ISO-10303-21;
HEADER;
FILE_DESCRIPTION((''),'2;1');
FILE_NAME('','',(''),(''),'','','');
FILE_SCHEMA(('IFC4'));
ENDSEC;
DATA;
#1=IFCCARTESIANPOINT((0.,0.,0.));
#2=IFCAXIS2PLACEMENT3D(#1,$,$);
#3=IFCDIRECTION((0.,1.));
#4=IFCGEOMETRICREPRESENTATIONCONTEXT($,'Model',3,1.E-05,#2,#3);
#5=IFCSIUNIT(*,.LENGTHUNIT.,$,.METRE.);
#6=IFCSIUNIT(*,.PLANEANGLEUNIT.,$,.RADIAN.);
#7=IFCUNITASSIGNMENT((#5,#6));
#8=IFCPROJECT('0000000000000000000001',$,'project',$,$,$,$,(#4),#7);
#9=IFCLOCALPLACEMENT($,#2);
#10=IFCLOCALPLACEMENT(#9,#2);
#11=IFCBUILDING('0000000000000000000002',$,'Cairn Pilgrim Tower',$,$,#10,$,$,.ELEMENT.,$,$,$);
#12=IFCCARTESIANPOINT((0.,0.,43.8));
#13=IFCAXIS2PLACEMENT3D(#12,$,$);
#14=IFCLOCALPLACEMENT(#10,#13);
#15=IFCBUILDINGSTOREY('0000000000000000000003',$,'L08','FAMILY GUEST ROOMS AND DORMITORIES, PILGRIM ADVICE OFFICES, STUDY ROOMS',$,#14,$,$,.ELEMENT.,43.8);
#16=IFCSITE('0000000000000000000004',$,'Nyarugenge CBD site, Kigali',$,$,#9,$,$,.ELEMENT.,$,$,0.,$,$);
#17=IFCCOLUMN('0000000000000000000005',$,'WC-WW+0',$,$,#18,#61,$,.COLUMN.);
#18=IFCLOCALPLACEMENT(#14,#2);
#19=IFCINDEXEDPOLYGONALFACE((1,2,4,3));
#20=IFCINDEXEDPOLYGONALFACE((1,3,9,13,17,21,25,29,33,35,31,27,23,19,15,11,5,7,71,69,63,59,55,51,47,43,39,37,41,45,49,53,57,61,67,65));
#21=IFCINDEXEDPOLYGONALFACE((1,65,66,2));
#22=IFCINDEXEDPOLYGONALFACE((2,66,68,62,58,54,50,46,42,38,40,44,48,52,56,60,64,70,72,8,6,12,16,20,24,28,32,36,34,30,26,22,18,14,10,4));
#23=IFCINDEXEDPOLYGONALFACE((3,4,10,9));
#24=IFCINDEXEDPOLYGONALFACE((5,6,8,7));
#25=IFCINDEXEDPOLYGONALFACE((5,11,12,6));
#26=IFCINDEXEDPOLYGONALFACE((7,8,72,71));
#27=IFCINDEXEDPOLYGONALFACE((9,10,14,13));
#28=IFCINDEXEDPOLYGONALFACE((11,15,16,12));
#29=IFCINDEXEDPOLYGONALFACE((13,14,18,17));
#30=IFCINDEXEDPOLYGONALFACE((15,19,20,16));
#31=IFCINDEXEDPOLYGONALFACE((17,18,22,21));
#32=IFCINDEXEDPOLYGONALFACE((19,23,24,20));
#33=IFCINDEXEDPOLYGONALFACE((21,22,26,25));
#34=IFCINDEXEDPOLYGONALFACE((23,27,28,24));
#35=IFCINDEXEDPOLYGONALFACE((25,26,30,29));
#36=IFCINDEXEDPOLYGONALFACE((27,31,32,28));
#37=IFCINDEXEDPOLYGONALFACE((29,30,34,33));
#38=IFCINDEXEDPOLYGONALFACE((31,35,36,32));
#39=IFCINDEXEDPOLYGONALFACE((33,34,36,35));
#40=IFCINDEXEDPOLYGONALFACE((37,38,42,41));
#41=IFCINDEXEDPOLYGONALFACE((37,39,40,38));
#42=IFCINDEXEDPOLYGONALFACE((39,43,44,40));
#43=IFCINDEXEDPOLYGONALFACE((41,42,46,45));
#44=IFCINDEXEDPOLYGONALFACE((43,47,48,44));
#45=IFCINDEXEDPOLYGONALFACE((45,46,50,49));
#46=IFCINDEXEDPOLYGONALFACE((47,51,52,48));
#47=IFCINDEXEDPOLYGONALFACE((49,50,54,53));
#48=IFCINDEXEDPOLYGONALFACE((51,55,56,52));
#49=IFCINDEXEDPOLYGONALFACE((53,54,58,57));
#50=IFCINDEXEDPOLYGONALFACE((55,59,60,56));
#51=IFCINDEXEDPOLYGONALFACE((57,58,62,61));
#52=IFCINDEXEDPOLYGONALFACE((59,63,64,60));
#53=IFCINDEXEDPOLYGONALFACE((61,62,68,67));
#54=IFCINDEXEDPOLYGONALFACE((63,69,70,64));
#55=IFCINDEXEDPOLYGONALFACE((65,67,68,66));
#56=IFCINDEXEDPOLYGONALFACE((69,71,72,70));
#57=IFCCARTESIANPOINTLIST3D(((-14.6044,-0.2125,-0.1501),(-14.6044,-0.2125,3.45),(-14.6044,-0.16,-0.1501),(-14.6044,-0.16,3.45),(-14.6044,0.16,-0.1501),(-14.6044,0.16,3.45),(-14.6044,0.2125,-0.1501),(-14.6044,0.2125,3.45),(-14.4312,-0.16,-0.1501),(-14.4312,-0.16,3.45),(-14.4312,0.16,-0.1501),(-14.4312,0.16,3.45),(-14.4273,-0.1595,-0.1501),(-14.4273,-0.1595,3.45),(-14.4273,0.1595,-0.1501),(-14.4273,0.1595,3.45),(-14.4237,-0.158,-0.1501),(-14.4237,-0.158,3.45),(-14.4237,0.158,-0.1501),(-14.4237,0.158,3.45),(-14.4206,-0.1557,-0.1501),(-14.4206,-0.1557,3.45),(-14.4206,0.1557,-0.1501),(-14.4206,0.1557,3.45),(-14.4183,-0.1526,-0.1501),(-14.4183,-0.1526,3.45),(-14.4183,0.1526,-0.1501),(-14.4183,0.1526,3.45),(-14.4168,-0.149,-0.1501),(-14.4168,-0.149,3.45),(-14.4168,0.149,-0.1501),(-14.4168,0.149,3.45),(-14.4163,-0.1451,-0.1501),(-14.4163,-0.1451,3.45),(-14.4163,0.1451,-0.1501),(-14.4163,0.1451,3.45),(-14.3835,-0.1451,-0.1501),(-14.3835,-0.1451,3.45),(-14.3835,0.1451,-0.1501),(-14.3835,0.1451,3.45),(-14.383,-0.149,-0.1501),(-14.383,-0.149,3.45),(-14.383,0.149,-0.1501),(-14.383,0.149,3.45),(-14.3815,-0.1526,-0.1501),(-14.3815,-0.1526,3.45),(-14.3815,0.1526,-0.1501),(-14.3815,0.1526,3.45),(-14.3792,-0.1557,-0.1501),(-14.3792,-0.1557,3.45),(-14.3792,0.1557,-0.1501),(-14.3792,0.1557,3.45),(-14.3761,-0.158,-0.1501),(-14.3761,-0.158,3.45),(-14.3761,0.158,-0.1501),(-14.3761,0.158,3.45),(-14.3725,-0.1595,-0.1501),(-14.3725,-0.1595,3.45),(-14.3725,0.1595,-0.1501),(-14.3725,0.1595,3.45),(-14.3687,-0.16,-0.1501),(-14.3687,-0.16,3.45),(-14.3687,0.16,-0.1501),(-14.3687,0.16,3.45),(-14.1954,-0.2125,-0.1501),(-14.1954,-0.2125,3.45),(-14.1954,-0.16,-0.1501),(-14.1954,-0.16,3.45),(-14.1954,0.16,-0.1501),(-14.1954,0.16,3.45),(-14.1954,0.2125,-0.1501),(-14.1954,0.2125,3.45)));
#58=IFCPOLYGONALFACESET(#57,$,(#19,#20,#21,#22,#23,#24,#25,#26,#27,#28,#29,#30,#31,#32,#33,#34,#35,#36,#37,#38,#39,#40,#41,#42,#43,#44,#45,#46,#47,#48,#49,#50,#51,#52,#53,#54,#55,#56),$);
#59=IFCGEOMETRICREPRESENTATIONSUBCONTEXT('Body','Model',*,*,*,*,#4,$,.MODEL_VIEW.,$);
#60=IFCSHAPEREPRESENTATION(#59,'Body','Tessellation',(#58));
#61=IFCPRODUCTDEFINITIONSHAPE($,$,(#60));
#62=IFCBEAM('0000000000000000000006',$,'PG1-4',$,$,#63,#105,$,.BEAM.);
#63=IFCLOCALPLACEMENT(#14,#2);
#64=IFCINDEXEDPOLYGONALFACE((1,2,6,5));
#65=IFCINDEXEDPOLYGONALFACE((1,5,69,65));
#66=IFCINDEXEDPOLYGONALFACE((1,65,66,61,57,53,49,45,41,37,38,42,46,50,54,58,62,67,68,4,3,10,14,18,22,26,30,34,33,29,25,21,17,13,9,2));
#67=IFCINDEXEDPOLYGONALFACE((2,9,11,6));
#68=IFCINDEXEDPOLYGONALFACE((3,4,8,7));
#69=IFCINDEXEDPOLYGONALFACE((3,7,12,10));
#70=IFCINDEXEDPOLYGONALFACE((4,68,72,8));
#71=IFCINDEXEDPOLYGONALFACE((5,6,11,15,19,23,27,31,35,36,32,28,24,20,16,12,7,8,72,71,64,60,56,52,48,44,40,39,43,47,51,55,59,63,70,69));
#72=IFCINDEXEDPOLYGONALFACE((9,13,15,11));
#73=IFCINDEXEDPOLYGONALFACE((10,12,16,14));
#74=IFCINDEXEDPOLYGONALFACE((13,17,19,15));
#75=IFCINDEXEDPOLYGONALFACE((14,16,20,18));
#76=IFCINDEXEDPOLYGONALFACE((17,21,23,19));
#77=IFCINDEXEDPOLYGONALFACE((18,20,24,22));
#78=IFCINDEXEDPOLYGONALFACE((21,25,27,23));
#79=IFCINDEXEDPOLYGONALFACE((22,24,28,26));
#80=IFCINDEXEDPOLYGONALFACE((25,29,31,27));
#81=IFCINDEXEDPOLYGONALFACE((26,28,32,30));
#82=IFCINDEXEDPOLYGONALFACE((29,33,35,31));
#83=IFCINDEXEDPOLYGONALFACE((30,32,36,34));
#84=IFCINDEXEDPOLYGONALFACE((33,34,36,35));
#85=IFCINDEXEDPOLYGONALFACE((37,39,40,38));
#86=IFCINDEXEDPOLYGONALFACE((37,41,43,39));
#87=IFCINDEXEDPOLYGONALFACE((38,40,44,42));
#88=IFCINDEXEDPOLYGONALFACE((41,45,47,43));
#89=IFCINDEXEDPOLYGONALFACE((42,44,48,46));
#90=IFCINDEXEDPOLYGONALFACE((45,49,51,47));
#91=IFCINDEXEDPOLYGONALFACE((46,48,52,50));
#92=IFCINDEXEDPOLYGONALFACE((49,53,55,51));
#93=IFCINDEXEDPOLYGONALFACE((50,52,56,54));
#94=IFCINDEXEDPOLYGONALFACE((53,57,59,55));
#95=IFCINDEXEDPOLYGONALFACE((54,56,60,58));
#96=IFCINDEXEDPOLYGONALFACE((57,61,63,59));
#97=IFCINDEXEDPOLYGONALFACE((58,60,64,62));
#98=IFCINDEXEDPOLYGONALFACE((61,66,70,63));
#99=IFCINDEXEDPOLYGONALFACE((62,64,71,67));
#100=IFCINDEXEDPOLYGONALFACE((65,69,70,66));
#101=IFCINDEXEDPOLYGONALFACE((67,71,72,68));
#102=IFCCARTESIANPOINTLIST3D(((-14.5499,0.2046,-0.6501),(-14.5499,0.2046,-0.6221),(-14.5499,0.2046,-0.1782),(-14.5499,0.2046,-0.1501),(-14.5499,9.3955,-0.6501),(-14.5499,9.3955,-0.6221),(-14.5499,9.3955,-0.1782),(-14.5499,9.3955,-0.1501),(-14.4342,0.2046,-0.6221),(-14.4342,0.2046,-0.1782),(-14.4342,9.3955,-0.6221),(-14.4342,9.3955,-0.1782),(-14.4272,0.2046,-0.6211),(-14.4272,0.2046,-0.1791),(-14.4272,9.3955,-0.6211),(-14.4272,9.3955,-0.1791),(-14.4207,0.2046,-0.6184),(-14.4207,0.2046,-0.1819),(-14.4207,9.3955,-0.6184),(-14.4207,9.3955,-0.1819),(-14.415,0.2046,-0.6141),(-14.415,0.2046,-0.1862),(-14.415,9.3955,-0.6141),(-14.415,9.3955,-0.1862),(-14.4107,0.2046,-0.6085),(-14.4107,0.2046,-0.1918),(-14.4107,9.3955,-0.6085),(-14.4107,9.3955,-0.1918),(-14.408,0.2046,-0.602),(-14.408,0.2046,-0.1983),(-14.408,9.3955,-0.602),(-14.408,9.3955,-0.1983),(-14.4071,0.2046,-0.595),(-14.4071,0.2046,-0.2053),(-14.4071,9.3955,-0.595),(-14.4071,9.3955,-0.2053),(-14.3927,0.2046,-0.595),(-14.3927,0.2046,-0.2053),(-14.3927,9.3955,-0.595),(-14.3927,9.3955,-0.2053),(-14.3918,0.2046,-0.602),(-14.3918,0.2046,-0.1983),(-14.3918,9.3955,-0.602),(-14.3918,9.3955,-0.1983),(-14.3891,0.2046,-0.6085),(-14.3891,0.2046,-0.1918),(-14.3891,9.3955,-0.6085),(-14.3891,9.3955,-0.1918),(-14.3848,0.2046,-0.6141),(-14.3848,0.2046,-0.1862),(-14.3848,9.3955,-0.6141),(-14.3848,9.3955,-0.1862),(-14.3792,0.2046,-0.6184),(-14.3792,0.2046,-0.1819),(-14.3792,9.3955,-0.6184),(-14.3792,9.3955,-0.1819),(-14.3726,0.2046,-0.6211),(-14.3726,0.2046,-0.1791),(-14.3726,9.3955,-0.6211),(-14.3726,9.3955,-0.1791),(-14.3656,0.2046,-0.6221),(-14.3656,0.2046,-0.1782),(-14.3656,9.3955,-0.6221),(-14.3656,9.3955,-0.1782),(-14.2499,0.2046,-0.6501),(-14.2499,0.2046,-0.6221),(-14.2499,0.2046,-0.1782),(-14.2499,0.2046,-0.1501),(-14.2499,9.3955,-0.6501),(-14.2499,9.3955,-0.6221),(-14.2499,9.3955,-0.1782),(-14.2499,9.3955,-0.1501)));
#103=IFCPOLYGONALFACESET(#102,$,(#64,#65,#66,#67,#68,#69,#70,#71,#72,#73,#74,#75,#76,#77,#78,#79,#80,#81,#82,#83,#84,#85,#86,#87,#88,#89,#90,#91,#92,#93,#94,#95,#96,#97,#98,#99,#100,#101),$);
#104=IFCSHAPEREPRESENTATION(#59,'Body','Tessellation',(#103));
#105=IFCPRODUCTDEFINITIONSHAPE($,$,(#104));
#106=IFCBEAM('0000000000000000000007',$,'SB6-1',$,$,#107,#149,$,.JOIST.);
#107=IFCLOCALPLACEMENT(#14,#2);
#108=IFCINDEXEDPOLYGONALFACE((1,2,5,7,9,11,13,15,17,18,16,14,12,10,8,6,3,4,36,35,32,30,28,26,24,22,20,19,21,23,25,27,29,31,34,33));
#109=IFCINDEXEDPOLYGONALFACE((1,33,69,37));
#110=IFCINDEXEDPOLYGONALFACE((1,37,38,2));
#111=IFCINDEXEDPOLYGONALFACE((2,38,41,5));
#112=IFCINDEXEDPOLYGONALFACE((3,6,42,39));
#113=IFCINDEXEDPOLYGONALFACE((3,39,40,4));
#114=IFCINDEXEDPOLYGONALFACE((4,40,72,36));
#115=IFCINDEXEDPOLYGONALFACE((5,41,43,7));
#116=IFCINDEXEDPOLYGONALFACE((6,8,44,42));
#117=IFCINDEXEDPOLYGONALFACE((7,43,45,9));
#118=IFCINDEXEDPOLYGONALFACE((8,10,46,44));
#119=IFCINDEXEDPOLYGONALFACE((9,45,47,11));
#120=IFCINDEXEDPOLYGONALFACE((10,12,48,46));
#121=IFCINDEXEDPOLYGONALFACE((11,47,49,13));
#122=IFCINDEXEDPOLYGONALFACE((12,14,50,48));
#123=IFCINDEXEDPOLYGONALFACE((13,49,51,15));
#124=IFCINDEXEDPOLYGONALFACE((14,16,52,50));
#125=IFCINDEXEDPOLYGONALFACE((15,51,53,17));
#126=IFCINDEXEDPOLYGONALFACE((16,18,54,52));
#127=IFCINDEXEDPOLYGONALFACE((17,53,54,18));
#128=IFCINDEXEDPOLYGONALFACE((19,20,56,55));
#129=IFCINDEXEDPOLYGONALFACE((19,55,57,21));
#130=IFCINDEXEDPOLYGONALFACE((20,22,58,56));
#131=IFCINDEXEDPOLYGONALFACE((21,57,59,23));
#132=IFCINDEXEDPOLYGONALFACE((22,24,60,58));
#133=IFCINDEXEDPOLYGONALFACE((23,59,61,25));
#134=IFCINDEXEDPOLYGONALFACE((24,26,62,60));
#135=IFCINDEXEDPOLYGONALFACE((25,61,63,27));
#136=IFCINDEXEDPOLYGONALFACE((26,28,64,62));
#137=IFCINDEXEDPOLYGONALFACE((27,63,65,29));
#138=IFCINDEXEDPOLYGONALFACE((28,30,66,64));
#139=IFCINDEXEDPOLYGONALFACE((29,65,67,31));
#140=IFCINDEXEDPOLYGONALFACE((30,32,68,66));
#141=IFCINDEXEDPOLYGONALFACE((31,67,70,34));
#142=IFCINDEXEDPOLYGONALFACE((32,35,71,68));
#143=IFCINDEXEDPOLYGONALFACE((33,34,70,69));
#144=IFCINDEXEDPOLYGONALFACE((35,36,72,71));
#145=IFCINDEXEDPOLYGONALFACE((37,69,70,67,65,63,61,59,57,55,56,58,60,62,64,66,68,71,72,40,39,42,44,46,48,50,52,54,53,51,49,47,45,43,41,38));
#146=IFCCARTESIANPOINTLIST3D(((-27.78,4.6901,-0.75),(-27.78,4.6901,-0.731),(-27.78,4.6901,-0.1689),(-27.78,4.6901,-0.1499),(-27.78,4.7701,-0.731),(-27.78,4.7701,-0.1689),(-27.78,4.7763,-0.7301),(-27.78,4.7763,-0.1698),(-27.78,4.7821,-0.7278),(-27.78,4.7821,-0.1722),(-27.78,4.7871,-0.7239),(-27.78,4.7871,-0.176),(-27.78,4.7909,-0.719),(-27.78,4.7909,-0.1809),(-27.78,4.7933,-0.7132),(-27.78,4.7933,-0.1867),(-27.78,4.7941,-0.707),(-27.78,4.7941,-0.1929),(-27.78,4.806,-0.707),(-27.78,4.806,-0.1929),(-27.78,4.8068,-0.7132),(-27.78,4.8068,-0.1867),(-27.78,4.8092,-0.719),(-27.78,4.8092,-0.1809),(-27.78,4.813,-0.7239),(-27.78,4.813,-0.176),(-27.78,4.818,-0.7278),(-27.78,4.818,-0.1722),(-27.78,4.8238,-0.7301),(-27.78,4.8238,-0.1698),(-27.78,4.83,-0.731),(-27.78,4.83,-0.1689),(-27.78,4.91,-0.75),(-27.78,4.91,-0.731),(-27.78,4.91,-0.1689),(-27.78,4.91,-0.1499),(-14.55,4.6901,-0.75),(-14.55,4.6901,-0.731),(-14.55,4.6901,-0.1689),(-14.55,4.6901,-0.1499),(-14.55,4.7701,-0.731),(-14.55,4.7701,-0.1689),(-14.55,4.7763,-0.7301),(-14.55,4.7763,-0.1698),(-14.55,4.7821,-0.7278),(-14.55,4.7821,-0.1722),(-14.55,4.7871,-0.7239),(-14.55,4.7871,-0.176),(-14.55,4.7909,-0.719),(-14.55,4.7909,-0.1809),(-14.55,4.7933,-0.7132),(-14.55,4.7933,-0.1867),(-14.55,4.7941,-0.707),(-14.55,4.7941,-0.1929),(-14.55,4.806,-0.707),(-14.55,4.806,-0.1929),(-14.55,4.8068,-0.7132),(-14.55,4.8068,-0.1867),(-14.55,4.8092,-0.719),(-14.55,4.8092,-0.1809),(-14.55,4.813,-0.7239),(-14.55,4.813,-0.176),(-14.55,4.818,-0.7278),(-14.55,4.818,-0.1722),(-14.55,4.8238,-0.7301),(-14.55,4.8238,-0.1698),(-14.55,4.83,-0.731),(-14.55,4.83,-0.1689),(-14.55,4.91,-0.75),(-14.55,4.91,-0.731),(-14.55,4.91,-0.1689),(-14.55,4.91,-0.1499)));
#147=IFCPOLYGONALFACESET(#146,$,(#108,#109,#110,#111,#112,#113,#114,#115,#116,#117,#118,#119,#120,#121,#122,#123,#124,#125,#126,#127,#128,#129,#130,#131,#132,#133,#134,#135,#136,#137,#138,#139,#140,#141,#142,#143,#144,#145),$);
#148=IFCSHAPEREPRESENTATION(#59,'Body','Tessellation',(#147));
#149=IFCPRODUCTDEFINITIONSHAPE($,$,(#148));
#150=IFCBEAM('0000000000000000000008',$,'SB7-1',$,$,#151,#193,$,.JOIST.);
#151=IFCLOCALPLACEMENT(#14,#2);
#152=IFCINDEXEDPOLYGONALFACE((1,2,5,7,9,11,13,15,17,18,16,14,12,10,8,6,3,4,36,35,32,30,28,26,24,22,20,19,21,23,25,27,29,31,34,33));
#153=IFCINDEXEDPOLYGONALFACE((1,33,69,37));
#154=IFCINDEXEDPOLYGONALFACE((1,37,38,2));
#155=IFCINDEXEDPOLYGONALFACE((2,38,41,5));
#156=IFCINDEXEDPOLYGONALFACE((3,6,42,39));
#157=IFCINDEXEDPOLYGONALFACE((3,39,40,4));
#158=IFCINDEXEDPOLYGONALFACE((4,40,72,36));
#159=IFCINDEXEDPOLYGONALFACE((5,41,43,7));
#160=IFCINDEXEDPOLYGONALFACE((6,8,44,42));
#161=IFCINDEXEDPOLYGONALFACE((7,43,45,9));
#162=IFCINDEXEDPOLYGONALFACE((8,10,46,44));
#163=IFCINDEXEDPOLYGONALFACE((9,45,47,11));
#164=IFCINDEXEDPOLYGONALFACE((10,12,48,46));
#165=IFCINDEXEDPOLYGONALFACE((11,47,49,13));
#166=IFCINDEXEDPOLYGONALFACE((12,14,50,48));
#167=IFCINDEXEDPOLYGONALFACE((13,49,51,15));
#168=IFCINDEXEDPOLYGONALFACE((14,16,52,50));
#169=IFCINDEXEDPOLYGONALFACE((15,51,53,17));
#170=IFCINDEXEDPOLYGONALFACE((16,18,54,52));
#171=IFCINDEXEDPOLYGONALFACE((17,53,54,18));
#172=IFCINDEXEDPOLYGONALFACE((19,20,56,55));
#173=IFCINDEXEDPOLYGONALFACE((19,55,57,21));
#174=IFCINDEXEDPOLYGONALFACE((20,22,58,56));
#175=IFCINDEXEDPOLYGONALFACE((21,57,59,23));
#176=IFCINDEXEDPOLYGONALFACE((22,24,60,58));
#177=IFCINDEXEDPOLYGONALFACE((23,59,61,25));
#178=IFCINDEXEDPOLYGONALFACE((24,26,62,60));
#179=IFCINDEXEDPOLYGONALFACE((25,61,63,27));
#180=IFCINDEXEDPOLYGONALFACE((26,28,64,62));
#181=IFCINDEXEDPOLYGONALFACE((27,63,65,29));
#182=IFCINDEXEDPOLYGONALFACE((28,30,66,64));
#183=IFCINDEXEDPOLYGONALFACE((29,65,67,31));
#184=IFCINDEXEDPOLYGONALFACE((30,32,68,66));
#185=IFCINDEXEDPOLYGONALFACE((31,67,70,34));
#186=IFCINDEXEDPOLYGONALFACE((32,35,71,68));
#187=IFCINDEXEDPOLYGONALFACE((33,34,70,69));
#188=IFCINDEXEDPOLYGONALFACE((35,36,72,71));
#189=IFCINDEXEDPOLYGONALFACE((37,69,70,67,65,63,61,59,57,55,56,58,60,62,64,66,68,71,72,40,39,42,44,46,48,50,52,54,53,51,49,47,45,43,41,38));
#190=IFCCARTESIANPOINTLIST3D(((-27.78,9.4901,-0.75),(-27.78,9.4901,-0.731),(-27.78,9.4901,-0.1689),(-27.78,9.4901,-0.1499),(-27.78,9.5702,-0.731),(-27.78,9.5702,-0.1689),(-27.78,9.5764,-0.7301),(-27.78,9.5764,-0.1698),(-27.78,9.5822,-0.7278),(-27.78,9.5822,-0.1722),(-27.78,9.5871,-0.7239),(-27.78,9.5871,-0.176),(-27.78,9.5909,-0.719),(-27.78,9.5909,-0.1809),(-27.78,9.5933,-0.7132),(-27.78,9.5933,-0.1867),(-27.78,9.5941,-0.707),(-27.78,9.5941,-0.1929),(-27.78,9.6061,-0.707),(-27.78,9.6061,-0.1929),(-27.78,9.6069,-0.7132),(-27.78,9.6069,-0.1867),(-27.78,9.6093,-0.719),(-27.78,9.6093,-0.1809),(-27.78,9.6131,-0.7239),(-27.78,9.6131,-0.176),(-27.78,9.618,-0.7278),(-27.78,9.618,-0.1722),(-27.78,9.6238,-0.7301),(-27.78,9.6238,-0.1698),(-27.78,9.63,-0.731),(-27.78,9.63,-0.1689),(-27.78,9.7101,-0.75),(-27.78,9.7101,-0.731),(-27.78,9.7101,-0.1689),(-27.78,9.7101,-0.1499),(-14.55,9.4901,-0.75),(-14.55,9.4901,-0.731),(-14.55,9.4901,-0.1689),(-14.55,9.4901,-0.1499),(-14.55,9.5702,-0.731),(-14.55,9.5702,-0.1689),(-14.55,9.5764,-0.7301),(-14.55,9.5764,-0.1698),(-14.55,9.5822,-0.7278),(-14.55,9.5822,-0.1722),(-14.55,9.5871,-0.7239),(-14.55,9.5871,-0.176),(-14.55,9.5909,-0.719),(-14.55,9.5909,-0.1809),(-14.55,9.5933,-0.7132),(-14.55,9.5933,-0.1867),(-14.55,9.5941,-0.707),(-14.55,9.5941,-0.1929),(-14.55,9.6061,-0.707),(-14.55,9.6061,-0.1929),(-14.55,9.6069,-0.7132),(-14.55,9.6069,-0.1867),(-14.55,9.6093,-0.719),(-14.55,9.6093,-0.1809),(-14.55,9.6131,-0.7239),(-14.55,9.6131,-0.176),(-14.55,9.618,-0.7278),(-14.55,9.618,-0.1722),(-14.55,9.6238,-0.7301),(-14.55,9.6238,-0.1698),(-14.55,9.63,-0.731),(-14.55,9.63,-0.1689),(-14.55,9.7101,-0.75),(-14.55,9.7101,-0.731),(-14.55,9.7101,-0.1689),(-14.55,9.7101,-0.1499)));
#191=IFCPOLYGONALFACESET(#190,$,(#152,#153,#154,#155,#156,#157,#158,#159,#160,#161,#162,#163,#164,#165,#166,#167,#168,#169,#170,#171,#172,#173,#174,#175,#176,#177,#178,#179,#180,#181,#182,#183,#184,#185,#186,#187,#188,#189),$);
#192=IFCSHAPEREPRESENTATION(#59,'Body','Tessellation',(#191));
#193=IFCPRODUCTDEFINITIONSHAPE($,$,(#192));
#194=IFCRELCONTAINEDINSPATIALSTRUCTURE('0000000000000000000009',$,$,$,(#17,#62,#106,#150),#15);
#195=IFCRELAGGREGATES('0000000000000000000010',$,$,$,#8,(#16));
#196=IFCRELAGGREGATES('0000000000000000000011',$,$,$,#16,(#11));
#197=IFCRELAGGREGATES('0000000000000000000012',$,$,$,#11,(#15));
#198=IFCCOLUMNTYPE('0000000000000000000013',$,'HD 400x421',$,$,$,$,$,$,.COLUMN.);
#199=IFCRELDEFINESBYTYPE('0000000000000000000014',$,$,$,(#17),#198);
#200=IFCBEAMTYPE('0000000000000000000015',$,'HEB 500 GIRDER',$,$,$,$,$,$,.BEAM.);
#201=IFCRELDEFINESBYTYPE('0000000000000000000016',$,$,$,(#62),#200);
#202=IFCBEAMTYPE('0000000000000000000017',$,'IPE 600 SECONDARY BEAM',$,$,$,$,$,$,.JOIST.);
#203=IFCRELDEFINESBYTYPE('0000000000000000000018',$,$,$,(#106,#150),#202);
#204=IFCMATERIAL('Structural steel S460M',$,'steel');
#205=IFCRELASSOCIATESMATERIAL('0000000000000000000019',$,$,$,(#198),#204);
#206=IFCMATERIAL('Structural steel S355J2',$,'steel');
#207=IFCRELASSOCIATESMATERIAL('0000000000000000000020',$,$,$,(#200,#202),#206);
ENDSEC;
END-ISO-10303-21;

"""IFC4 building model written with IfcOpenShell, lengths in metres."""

from ifc_helpers import new_model, si_unit, direction, frame, origin, origin_2d, place, context, subcontext, project, spatial, i_section, extrude, material, material_profile, profile_set, type_object, element, save


model = new_model("IFC4")

# Units and contexts
model_context = context("Model", 3, precision=1e-05, world=origin(), true_north=direction((0.0, 1.0)))
body_context = subcontext(model_context, "Body", "Model", "MODEL_VIEW")
ifc_project = project(units=[si_unit("LENGTHUNIT", "METRE"), si_unit("PLANEANGLEUNIT", "RADIAN")], contexts=[model_context])

# Site, building, storey
site_placement = place(None, origin())
site = spatial("IfcSite", under=ifc_project, at=site_placement, Name="Nyarugenge CBD site, Kigali", CompositionType="ELEMENT", RefElevation=0.0)
building_placement = place(site_placement, origin())
building = spatial("IfcBuilding", under=site, at=building_placement, Name="Cairn Pilgrim Tower", CompositionType="ELEMENT")
storey_placement = place(building_placement, frame((0.0, 0.0, 43.8)))
storey = spatial("IfcBuildingStorey", under=building, at=storey_placement, Name="L08", Description="FAMILY GUEST ROOMS AND DORMITORIES, PILGRIM ADVICE OFFICES, STUDY ROOMS", CompositionType="ELEMENT", Elevation=43.8)

# Column
ifc_material_1 = material(Name="Structural steel S460M", Category="steel")
ifc_material_profile_1 = material_profile(ifc_material_1, i_section(OverallWidth=0.4089, OverallDepth=0.425, WebThickness=0.0327, FlangeThickness=0.0525, FilletRadius=0.0149, at=origin_2d()), Name="HD 400x421")
ifc_profile_set_1 = profile_set([ifc_material_profile_1], Name="Structural steel S460M")
column_type = type_object("IfcColumnType", Name="HD 400x421", PredefinedType="COLUMN", material=ifc_profile_set_1)
column_placement = place(storey_placement, frame((-14.3999, 0.0, -0.1501), z_axis=(0.0, 0.0, 1.0), x_axis=(1.0, 0.0, 0.0)))
element("IfcColumn", 1, at=column_placement, inside=storey, type_object=column_type, Name="WC-WW+0", PredefinedType="COLUMN", context=body_context, shape_type="SweptSolid", body=[
    extrude(i_section(OverallWidth=0.4089, OverallDepth=0.425, WebThickness=0.0327, FlangeThickness=0.0525, FilletRadius=0.0149, at=origin_2d()), origin(), (0.0, 0.0, 1.0), 3.6001),
])

# Beams
ifc_material_2 = material(Name="Structural steel S355J2", Category="steel")
ifc_material_profile_2 = material_profile(ifc_material_2, i_section(OverallWidth=0.3, OverallDepth=0.5, WebThickness=0.0144, FlangeThickness=0.0281, FilletRadius=0.0271, at=origin_2d()), Name="HEB 500")
ifc_profile_set_2 = profile_set([ifc_material_profile_2], Name="Structural steel S355J2")
beam_type_1 = type_object("IfcBeamType", Name="HEB 500 GIRDER", PredefinedType="BEAM", material=ifc_profile_set_2)
beam_placement = place(storey_placement, frame((-14.3999, 0.2046, -0.4001), z_axis=(0.0, 1.0, 0.0), x_axis=(-1.0, 0.0, 0.0)))
element("IfcBeam", 2, at=beam_placement, inside=storey, type_object=beam_type_1, Name="PG1-4", PredefinedType="BEAM", context=body_context, shape_type="SweptSolid", body=[
    extrude(i_section(OverallWidth=0.3, OverallDepth=0.5, WebThickness=0.0144, FlangeThickness=0.0281, FilletRadius=0.0271, at=origin_2d()), origin(), (0.0, 0.0, 1.0), 9.1909),
])
ifc_material_profile_3 = material_profile(ifc_material_2, i_section(OverallWidth=0.22, OverallDepth=0.6001, WebThickness=0.012, FlangeThickness=0.019, FilletRadius=0.0239, at=origin_2d()), Name="IPE 600")
ifc_profile_set_3 = profile_set([ifc_material_profile_3], Name="Structural steel S355J2")
beam_type_2 = type_object("IfcBeamType", Name="IPE 600 SECONDARY BEAM", PredefinedType="JOIST", material=ifc_profile_set_3)
for number, where, z_axis, x_axis, name in (
    (3, (-27.78, 4.8, -0.45), (1.0, 0.0, 0.0), (0.0, 1.0, 0.0), "SB6-1"),
    (4, (-27.78, 9.6001, -0.45), (1.0, 0.0, 0.0), (0.0, 1.0, 0.0), "SB7-1"),
):
    element("IfcBeam", number, at=place(storey_placement, frame(where, z_axis=z_axis, x_axis=x_axis)), inside=storey, type_object=beam_type_2, Name=name, PredefinedType="JOIST", context=body_context, shape_type="SweptSolid", body=[
        extrude(i_section(OverallWidth=0.22, OverallDepth=0.6001, WebThickness=0.012, FlangeThickness=0.019, FilletRadius=0.0239, at=origin_2d()), origin(), (0.0, 0.0, 1.0), 13.23),
    ])

save(model, "model.ifc")
